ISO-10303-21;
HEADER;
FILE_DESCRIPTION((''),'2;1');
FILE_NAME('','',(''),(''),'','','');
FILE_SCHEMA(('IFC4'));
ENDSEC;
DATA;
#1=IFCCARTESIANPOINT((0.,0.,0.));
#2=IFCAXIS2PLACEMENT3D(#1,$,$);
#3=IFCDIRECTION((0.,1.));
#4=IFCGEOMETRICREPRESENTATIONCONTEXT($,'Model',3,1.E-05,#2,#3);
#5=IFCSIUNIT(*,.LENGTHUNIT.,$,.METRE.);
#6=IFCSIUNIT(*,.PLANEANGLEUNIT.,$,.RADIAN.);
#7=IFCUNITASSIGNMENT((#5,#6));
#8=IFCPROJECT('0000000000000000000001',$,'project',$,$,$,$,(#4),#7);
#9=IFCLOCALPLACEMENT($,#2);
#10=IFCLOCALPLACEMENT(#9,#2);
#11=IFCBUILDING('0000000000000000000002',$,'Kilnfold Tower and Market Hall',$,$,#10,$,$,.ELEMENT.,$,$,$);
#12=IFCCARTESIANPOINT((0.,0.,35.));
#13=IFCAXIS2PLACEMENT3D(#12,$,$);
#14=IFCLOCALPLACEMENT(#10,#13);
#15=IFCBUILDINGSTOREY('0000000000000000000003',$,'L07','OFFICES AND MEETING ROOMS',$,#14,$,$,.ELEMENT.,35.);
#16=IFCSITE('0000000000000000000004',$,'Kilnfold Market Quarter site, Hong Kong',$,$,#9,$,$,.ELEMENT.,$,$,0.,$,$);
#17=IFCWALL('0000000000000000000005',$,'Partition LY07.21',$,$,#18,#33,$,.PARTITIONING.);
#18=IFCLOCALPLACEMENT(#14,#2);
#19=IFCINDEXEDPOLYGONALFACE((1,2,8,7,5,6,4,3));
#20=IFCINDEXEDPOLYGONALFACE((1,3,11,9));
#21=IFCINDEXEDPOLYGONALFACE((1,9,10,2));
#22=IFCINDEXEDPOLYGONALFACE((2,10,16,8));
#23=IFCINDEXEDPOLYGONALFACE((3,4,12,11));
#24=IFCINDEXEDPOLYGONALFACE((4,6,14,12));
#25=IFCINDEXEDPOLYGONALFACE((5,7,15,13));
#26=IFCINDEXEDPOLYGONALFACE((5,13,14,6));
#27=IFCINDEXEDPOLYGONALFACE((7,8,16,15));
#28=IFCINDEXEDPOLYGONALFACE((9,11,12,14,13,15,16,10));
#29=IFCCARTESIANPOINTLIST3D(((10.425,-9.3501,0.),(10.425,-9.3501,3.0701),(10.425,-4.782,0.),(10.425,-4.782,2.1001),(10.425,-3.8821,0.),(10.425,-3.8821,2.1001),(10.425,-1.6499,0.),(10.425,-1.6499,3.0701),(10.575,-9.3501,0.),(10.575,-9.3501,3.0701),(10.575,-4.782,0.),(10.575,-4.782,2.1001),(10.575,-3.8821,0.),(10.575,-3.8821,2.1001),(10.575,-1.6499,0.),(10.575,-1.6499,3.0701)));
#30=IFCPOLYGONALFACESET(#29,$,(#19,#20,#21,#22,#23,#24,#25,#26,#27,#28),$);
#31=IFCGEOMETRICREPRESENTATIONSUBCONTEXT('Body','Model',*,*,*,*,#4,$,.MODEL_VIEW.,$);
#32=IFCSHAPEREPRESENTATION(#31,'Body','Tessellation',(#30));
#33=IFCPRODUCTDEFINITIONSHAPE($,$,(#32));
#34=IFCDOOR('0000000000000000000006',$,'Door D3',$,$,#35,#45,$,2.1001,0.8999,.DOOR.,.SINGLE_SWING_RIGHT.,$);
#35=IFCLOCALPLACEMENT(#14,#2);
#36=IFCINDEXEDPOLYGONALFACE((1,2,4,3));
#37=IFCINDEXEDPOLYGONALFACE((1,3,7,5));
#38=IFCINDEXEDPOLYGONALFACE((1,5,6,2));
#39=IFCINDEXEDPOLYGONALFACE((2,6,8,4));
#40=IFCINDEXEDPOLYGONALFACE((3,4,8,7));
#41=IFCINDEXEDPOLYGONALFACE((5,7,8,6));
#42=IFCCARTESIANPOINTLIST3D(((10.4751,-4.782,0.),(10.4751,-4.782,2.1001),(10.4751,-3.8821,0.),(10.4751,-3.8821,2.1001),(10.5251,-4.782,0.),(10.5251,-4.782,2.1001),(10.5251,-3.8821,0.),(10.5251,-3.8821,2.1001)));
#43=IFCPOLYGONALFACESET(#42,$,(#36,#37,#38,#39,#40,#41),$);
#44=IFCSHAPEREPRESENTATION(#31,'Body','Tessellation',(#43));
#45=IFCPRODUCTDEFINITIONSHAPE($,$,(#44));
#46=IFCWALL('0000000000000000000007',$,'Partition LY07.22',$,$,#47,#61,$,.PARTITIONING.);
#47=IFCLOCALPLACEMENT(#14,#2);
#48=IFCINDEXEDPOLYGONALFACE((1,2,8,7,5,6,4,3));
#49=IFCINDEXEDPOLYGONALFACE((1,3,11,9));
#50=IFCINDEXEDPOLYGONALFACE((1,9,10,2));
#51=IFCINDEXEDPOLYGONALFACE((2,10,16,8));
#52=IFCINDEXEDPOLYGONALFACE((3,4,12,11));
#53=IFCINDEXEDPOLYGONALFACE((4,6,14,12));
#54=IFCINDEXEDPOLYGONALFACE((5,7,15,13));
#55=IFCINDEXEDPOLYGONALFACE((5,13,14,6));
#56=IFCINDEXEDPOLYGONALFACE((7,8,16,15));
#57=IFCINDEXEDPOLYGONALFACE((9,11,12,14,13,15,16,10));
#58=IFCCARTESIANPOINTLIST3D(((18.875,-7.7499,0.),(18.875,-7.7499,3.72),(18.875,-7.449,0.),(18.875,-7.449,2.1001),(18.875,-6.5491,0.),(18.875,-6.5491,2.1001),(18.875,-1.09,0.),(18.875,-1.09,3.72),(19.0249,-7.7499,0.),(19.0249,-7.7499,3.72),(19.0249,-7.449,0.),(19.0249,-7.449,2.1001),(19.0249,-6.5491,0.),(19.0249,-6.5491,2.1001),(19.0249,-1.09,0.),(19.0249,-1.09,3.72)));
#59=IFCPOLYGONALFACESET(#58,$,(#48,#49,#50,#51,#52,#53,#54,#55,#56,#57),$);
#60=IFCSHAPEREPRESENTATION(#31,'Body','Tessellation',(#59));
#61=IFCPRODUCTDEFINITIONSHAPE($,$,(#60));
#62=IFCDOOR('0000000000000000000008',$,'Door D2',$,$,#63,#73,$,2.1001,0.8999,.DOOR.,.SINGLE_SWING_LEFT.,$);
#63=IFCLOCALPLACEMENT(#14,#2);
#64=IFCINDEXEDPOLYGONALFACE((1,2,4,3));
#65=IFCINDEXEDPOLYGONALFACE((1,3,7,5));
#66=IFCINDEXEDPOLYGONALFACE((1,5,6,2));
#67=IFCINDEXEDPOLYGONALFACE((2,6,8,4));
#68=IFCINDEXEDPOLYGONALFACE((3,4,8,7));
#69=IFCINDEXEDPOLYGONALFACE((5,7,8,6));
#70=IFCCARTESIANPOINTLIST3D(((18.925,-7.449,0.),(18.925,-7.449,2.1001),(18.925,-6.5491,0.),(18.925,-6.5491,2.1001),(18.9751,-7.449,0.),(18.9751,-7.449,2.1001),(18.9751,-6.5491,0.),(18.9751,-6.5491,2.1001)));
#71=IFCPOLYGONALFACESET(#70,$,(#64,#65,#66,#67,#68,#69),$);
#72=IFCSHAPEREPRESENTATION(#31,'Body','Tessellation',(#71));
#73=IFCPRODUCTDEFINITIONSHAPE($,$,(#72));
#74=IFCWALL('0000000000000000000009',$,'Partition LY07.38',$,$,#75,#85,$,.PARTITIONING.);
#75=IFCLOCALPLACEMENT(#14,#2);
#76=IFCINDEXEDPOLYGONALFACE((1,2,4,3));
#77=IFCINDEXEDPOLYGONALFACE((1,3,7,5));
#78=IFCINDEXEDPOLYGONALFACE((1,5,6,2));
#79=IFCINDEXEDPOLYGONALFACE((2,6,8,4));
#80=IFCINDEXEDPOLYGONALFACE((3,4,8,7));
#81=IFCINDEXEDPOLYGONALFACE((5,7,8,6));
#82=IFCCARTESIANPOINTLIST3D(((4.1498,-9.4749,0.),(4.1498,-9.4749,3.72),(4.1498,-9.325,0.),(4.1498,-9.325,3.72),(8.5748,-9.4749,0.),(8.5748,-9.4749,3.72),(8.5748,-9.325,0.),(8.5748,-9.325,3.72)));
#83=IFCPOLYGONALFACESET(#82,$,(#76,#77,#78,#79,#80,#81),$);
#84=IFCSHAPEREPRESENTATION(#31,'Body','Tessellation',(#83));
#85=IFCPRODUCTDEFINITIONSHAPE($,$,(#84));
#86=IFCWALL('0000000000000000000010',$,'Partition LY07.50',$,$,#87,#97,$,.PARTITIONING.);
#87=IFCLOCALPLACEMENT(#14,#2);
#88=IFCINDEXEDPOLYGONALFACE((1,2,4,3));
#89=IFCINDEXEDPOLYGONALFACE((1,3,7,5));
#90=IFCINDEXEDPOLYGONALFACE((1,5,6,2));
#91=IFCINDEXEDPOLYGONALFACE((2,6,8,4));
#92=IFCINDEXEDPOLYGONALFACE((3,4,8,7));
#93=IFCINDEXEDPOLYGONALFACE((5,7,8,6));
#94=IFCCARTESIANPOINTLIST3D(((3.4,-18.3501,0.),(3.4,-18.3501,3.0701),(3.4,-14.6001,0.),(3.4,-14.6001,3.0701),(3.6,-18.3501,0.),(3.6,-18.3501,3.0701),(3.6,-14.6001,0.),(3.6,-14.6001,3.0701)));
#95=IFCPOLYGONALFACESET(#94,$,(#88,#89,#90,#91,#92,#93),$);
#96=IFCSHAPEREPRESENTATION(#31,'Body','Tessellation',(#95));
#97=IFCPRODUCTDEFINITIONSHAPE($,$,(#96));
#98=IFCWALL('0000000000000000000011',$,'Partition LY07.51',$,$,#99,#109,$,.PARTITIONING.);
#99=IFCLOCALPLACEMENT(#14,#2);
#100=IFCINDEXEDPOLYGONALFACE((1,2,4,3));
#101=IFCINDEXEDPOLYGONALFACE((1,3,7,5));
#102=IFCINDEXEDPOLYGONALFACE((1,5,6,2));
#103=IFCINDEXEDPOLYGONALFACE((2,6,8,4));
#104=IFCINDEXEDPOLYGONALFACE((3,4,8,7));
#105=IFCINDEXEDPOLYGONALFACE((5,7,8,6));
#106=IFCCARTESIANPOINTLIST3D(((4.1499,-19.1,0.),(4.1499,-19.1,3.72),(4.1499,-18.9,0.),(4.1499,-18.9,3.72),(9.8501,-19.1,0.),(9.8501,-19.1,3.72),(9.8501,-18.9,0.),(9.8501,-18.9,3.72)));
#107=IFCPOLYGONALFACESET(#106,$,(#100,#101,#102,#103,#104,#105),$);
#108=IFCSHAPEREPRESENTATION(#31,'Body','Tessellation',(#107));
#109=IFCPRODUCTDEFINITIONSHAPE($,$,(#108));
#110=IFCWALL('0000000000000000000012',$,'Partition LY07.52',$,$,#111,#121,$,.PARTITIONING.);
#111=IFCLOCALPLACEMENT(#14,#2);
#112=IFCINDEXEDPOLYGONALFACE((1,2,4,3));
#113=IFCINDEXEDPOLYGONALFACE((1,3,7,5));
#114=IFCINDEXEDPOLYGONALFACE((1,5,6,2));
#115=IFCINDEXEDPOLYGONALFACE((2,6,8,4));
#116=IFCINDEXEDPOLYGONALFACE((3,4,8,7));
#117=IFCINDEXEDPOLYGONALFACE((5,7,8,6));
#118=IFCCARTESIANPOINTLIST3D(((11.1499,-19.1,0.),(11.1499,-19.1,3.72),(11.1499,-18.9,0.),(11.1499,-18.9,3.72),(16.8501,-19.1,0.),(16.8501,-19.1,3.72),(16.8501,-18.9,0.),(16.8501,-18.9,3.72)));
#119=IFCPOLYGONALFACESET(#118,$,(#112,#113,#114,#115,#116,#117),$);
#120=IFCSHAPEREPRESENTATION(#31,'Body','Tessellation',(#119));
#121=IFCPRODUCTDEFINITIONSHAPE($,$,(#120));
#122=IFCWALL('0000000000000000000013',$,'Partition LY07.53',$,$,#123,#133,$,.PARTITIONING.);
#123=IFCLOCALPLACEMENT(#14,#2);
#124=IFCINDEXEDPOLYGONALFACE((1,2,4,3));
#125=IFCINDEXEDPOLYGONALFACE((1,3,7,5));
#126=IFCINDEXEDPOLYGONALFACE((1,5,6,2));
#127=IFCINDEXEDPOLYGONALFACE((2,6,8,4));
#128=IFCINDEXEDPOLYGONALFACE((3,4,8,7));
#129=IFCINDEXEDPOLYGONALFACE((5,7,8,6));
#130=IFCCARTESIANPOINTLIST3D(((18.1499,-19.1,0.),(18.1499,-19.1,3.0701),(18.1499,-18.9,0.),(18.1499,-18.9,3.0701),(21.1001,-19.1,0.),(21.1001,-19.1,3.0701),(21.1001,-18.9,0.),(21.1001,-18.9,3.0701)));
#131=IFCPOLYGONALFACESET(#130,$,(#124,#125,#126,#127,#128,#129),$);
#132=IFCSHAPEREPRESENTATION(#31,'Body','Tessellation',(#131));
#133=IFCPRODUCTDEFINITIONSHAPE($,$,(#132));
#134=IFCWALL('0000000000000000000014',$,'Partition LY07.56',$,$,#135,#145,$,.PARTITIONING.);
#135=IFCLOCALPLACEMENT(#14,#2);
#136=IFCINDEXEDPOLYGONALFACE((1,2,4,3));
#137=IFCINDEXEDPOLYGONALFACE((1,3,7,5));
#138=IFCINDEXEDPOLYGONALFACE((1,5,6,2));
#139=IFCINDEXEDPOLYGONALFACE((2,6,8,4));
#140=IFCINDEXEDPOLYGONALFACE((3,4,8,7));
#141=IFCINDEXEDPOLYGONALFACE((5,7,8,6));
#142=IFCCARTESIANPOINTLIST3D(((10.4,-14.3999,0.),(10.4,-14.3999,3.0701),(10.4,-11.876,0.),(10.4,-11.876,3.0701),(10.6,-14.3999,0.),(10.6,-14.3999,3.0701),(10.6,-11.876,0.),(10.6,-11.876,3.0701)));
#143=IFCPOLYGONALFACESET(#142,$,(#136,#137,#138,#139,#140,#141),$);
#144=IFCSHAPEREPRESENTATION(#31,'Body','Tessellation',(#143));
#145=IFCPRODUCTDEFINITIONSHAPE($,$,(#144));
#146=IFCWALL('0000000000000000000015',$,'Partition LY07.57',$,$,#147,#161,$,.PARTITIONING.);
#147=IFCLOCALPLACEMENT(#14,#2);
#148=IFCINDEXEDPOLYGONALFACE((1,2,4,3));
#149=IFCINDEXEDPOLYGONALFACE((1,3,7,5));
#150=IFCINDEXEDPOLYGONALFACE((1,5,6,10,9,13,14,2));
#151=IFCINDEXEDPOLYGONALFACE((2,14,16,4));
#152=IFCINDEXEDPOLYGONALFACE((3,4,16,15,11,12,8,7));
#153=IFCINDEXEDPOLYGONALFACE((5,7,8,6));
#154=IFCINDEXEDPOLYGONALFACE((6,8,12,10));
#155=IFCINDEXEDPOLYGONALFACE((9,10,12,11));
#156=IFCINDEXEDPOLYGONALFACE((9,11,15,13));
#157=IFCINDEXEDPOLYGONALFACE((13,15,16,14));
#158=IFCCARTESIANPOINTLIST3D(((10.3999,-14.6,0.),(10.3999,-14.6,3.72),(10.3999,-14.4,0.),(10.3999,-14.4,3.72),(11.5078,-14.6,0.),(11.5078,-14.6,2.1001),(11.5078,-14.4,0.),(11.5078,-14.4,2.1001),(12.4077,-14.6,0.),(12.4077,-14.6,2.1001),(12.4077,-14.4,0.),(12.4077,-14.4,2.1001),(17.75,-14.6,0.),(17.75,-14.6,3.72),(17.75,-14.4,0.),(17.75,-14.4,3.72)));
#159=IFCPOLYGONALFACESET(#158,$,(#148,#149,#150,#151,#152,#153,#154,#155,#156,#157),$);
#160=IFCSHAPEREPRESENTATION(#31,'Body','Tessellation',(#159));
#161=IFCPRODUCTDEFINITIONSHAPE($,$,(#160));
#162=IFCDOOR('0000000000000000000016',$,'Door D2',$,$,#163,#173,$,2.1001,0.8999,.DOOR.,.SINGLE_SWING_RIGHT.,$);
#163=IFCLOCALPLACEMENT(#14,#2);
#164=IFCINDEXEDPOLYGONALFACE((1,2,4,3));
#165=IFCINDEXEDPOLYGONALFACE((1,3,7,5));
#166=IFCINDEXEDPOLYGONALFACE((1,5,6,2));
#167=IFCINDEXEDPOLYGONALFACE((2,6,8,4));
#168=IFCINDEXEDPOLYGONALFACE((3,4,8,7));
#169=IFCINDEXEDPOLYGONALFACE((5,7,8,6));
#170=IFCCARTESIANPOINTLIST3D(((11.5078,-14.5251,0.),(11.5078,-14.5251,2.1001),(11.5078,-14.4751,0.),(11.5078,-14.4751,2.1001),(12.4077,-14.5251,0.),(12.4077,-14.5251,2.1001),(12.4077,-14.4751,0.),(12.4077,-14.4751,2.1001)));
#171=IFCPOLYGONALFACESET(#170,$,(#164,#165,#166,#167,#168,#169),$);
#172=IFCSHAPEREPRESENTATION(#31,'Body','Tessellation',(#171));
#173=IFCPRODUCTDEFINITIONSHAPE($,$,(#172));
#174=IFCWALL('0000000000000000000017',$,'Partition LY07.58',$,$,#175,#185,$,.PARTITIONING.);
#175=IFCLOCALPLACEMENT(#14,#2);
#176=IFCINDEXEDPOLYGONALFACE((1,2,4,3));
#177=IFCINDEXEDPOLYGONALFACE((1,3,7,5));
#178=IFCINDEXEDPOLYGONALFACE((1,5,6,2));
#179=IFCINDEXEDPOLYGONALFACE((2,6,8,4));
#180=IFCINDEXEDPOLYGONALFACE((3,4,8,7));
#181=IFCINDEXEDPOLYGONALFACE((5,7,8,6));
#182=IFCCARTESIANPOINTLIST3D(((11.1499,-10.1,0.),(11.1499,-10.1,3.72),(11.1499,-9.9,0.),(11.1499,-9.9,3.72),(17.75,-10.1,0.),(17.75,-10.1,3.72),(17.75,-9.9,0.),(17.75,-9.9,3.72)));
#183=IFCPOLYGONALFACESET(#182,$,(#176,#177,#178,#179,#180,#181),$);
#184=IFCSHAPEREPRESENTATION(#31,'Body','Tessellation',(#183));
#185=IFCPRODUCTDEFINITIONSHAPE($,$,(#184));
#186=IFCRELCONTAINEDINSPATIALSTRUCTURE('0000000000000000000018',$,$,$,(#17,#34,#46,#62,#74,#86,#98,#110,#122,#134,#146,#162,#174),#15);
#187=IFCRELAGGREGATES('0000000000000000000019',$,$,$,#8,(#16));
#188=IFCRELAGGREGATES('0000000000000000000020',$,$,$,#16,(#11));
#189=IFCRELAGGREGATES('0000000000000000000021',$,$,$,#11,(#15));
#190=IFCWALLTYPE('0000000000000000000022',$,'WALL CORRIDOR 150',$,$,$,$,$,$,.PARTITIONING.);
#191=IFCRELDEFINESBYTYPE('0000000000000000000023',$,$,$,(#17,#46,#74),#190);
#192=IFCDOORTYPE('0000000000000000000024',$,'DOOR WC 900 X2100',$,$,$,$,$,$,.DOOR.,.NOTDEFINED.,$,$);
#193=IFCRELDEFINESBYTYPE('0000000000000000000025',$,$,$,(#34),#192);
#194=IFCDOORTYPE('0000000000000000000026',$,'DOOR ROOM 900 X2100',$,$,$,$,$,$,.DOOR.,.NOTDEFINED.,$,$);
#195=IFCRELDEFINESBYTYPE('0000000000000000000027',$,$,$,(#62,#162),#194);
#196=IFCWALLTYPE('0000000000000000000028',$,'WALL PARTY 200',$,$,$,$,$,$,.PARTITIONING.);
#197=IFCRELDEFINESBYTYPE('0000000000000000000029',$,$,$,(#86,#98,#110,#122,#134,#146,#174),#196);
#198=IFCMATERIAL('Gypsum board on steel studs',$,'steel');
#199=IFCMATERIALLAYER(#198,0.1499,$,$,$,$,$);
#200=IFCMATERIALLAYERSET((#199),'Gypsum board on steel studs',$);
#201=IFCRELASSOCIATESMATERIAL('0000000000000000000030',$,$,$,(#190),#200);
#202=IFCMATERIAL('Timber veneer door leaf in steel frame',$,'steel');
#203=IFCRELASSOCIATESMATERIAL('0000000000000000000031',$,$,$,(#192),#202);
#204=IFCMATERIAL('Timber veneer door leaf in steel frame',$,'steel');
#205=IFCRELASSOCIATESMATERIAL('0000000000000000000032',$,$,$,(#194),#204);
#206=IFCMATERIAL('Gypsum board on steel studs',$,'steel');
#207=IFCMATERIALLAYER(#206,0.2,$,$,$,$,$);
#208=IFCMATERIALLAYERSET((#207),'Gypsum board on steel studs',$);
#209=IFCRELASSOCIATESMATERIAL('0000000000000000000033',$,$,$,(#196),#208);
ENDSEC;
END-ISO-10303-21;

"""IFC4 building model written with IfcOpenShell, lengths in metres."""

from ifc_helpers import new_model, si_unit, direction, frame, frame_2d, origin, place, context, subcontext, project, spatial, rectangle, extrude, material, layer, layer_set, type_object, element, fill, save


model = new_model("IFC4")

# Units and contexts
model_context = context("Model", 3, precision=1e-05, world=origin(), true_north=direction((0.0, 1.0)))
body_context = subcontext(model_context, "Body", "Model", "MODEL_VIEW")
ifc_project = project(units=[si_unit("LENGTHUNIT", "METRE"), si_unit("PLANEANGLEUNIT", "RADIAN")], contexts=[model_context])

# Site, building, storey
site_placement = place(None, origin())
site = spatial("IfcSite", under=ifc_project, at=site_placement, Name="Kilnfold Market Quarter site, Hong Kong", CompositionType="ELEMENT", RefElevation=0.0)
building_placement = place(site_placement, origin())
building = spatial("IfcBuilding", under=site, at=building_placement, Name="Kilnfold Tower and Market Hall", CompositionType="ELEMENT")
storey_placement = place(building_placement, frame((0.0, 0.0, 35.0)))
storey = spatial("IfcBuildingStorey", under=building, at=storey_placement, Name="L07", Description="OFFICES AND MEETING ROOMS", CompositionType="ELEMENT", Elevation=35.0)

# Shared definitions
ifc_material_1 = material(Name="Gypsum board on steel studs", Category="steel")
ifc_layer_1 = layer(ifc_material_1, 0.1499)
ifc_layer_set_1 = layer_set([ifc_layer_1], Name="Gypsum board on steel studs")
wall_type_1 = type_object("IfcWallType", Name="WALL CORRIDOR 150", PredefinedType="PARTITIONING", material=ifc_layer_set_1)

# Walls, openings, doors
wall_1_placement = place(storey_placement, frame((10.5, -9.3501, 0.0), z_axis=(0.0, 0.0, 1.0), x_axis=(0.0, 1.0, 0.0)))
wall_1 = element("IfcWall", 1, at=wall_1_placement, inside=storey, type_object=wall_type_1, Name="Partition LY07.21", PredefinedType="PARTITIONING", context=body_context, shape_type="SweptSolid", body=[
    extrude(rectangle(XDim=7.7002, YDim=0.1499, at=frame_2d((3.8501, 0.0))), origin(), (0.0, 0.0, 1.0), 3.0701),
])
opening_1_placement = place(wall_1_placement, frame((4.5681, 0.0, 0.0)))
opening_1 = element("IfcOpeningElement", 2, at=opening_1_placement, cuts=wall_1, PredefinedType="OPENING", context=body_context, shape_type="SweptSolid", body=[
    extrude(rectangle(XDim=0.8999, YDim=2.1001, at=frame_2d((0.45, 1.05))), frame((0.0, 0.085, 0.0), z_axis=(0.0, -1.0, 0.0), x_axis=(1.0, 0.0, 0.0)), (0.0, 0.0, 1.0), 0.1699),
])
ifc_material_2 = material(Name="Timber veneer door leaf in steel frame", Category="steel")
door_type_1 = type_object("IfcDoorType", Name="DOOR WC 900 X2100", OperationType="NOTDEFINED", PredefinedType="DOOR", material=ifc_material_2)
door_1_placement = place(opening_1_placement, origin())
door_1 = element("IfcDoor", 3, at=door_1_placement, inside=storey, type_object=door_type_1, Name="Door D3", OperationType="SINGLE_SWING_RIGHT", OverallHeight=2.1001, OverallWidth=0.8999, PredefinedType="DOOR", context=body_context, shape_type="SweptSolid", body=[
    extrude(rectangle(XDim=0.8999, YDim=2.1001, at=frame_2d((0.45, 1.05))), frame((0.0, 0.0249, 0.0), z_axis=(0.0, -1.0, 0.0), x_axis=(1.0, 0.0, 0.0)), (0.0, 0.0, 1.0), 0.05),
])
fill(opening_1, door_1)
wall_2_placement = place(storey_placement, frame((18.95, -7.75, 0.0), z_axis=(0.0, 0.0, 1.0), x_axis=(0.0, 1.0, 0.0)))
wall_2 = element("IfcWall", 4, at=wall_2_placement, inside=storey, type_object=wall_type_1, Name="Partition LY07.22", PredefinedType="PARTITIONING", context=body_context, shape_type="SweptSolid", body=[
    extrude(rectangle(XDim=6.6599, YDim=0.1499, at=frame_2d((3.3301, 0.0))), origin(), (0.0, 0.0, 1.0), 3.72),
])
opening_2_placement = place(wall_2_placement, frame((0.301, 0.0, 0.0)))
opening_2 = element("IfcOpeningElement", 5, at=opening_2_placement, cuts=wall_2, PredefinedType="OPENING", context=body_context, shape_type="SweptSolid", body=[
    extrude(rectangle(XDim=0.8999, YDim=2.1001, at=frame_2d((0.45, 1.05))), frame((0.0, 0.085, 0.0), z_axis=(0.0, -1.0, 0.0), x_axis=(1.0, 0.0, 0.0)), (0.0, 0.0, 1.0), 0.1699),
])
ifc_material_3 = material(Name="Timber veneer door leaf in steel frame", Category="steel")
door_type_2 = type_object("IfcDoorType", Name="DOOR ROOM 900 X2100", OperationType="NOTDEFINED", PredefinedType="DOOR", material=ifc_material_3)
door_2_placement = place(opening_2_placement, origin())
door_2 = element("IfcDoor", 6, at=door_2_placement, inside=storey, type_object=door_type_2, Name="Door D2", OperationType="SINGLE_SWING_LEFT", OverallHeight=2.1001, OverallWidth=0.8999, PredefinedType="DOOR", context=body_context, shape_type="SweptSolid", body=[
    extrude(rectangle(XDim=0.8999, YDim=2.1001, at=frame_2d((0.45, 1.05))), frame((0.0, 0.0249, 0.0), z_axis=(0.0, -1.0, 0.0), x_axis=(1.0, 0.0, 0.0)), (0.0, 0.0, 1.0), 0.05),
])
fill(opening_2, door_2)

# Walls
wall_3_placement = place(storey_placement, frame((4.1499, -9.3999, 0.0), z_axis=(0.0, 0.0, 1.0), x_axis=(1.0, 0.0, 0.0)))
element("IfcWall", 7, at=wall_3_placement, inside=storey, type_object=wall_type_1, Name="Partition LY07.38", PredefinedType="PARTITIONING", context=body_context, shape_type="SweptSolid", body=[
    extrude(rectangle(XDim=4.425, YDim=0.1499, at=frame_2d((2.2124, 0.0))), origin(), (0.0, 0.0, 1.0), 3.72),
])
ifc_material_4 = material(Name="Gypsum board on steel studs", Category="steel")
ifc_layer_2 = layer(ifc_material_4, 0.2)
ifc_layer_set_2 = layer_set([ifc_layer_2], Name="Gypsum board on steel studs")
wall_type_2 = type_object("IfcWallType", Name="WALL PARTY 200", PredefinedType="PARTITIONING", material=ifc_layer_set_2)
wall_4_placement = place(storey_placement, frame((3.5, -18.3501, 0.0), z_axis=(0.0, 0.0, 1.0), x_axis=(0.0, 1.0, 0.0)))
element("IfcWall", 8, at=wall_4_placement, inside=storey, type_object=wall_type_2, Name="Partition LY07.50", PredefinedType="PARTITIONING", context=body_context, shape_type="SweptSolid", body=[
    extrude(rectangle(XDim=3.75, YDim=0.2, at=frame_2d((1.875, 0.0))), origin(), (0.0, 0.0, 1.0), 3.0701),
])
for number, where, z_axis, x_axis, name in (
    (9, (4.1499, -19.0, 0.0), (0.0, 0.0, 1.0), (1.0, 0.0, 0.0), "Partition LY07.51"),
    (10, (11.1499, -19.0, 0.0), (0.0, 0.0, 1.0), (1.0, 0.0, 0.0), "Partition LY07.52"),
):
    element("IfcWall", number, at=place(storey_placement, frame(where, z_axis=z_axis, x_axis=x_axis)), inside=storey, type_object=wall_type_2, Name=name, PredefinedType="PARTITIONING", context=body_context, shape_type="SweptSolid", body=[
        extrude(rectangle(XDim=5.7002, YDim=0.2, at=frame_2d((2.8501, 0.0))), origin(), (0.0, 0.0, 1.0), 3.72),
    ])
wall_5_placement = place(storey_placement, frame((18.1499, -19.0, 0.0), z_axis=(0.0, 0.0, 1.0), x_axis=(1.0, 0.0, 0.0)))
element("IfcWall", 11, at=wall_5_placement, inside=storey, type_object=wall_type_2, Name="Partition LY07.53", PredefinedType="PARTITIONING", context=body_context, shape_type="SweptSolid", body=[
    extrude(rectangle(XDim=2.9502, YDim=0.2, at=frame_2d((1.4751, 0.0))), origin(), (0.0, 0.0, 1.0), 3.0701),
])
wall_6_placement = place(storey_placement, frame((10.5, -14.3999, 0.0), z_axis=(0.0, 0.0, 1.0), x_axis=(0.0, 1.0, 0.0)))
element("IfcWall", 12, at=wall_6_placement, inside=storey, type_object=wall_type_2, Name="Partition LY07.56", PredefinedType="PARTITIONING", context=body_context, shape_type="SweptSolid", body=[
    extrude(rectangle(XDim=2.5239, YDim=0.2, at=frame_2d((1.262, 0.0))), origin(), (0.0, 0.0, 1.0), 3.0701),
])

# Wall, opening, door
wall_7_placement = place(storey_placement, frame((10.3999, -14.5, 0.0), z_axis=(0.0, 0.0, 1.0), x_axis=(1.0, 0.0, 0.0)))
wall_7 = element("IfcWall", 13, at=wall_7_placement, inside=storey, type_object=wall_type_2, Name="Partition LY07.57", PredefinedType="PARTITIONING", context=body_context, shape_type="SweptSolid", body=[
    extrude(rectangle(XDim=7.3501, YDim=0.2, at=frame_2d((3.675, 0.0))), origin(), (0.0, 0.0, 1.0), 3.72),
])
opening_3_placement = place(wall_7_placement, frame((1.1079, 0.0, 0.0)))
opening_3 = element("IfcOpeningElement", 14, at=opening_3_placement, cuts=wall_7, PredefinedType="OPENING", context=body_context, shape_type="SweptSolid", body=[
    extrude(rectangle(XDim=0.8999, YDim=2.1001, at=frame_2d((0.45, 1.05))), frame((0.0, 0.1099, 0.0), z_axis=(0.0, -1.0, 0.0), x_axis=(1.0, 0.0, 0.0)), (0.0, 0.0, 1.0), 0.22),
])
door_3_placement = place(opening_3_placement, origin())
door_3 = element("IfcDoor", 15, at=door_3_placement, inside=storey, type_object=door_type_2, Name="Door D2", OperationType="SINGLE_SWING_RIGHT", OverallHeight=2.1001, OverallWidth=0.8999, PredefinedType="DOOR", context=body_context, shape_type="SweptSolid", body=[
    extrude(rectangle(XDim=0.8999, YDim=2.1001, at=frame_2d((0.45, 1.05))), frame((0.0, 0.0249, 0.0), z_axis=(0.0, -1.0, 0.0), x_axis=(1.0, 0.0, 0.0)), (0.0, 0.0, 1.0), 0.05),
])
fill(opening_3, door_3)

# Wall
wall_8_placement = place(storey_placement, frame((11.1499, -10.0, 0.0), z_axis=(0.0, 0.0, 1.0), x_axis=(1.0, 0.0, 0.0)))
element("IfcWall", 16, at=wall_8_placement, inside=storey, type_object=wall_type_2, Name="Partition LY07.58", PredefinedType="PARTITIONING", context=body_context, shape_type="SweptSolid", body=[
    extrude(rectangle(XDim=6.6001, YDim=0.2, at=frame_2d((3.3, 0.0))), origin(), (0.0, 0.0, 1.0), 3.72),
])

save(model, "model.ifc")
